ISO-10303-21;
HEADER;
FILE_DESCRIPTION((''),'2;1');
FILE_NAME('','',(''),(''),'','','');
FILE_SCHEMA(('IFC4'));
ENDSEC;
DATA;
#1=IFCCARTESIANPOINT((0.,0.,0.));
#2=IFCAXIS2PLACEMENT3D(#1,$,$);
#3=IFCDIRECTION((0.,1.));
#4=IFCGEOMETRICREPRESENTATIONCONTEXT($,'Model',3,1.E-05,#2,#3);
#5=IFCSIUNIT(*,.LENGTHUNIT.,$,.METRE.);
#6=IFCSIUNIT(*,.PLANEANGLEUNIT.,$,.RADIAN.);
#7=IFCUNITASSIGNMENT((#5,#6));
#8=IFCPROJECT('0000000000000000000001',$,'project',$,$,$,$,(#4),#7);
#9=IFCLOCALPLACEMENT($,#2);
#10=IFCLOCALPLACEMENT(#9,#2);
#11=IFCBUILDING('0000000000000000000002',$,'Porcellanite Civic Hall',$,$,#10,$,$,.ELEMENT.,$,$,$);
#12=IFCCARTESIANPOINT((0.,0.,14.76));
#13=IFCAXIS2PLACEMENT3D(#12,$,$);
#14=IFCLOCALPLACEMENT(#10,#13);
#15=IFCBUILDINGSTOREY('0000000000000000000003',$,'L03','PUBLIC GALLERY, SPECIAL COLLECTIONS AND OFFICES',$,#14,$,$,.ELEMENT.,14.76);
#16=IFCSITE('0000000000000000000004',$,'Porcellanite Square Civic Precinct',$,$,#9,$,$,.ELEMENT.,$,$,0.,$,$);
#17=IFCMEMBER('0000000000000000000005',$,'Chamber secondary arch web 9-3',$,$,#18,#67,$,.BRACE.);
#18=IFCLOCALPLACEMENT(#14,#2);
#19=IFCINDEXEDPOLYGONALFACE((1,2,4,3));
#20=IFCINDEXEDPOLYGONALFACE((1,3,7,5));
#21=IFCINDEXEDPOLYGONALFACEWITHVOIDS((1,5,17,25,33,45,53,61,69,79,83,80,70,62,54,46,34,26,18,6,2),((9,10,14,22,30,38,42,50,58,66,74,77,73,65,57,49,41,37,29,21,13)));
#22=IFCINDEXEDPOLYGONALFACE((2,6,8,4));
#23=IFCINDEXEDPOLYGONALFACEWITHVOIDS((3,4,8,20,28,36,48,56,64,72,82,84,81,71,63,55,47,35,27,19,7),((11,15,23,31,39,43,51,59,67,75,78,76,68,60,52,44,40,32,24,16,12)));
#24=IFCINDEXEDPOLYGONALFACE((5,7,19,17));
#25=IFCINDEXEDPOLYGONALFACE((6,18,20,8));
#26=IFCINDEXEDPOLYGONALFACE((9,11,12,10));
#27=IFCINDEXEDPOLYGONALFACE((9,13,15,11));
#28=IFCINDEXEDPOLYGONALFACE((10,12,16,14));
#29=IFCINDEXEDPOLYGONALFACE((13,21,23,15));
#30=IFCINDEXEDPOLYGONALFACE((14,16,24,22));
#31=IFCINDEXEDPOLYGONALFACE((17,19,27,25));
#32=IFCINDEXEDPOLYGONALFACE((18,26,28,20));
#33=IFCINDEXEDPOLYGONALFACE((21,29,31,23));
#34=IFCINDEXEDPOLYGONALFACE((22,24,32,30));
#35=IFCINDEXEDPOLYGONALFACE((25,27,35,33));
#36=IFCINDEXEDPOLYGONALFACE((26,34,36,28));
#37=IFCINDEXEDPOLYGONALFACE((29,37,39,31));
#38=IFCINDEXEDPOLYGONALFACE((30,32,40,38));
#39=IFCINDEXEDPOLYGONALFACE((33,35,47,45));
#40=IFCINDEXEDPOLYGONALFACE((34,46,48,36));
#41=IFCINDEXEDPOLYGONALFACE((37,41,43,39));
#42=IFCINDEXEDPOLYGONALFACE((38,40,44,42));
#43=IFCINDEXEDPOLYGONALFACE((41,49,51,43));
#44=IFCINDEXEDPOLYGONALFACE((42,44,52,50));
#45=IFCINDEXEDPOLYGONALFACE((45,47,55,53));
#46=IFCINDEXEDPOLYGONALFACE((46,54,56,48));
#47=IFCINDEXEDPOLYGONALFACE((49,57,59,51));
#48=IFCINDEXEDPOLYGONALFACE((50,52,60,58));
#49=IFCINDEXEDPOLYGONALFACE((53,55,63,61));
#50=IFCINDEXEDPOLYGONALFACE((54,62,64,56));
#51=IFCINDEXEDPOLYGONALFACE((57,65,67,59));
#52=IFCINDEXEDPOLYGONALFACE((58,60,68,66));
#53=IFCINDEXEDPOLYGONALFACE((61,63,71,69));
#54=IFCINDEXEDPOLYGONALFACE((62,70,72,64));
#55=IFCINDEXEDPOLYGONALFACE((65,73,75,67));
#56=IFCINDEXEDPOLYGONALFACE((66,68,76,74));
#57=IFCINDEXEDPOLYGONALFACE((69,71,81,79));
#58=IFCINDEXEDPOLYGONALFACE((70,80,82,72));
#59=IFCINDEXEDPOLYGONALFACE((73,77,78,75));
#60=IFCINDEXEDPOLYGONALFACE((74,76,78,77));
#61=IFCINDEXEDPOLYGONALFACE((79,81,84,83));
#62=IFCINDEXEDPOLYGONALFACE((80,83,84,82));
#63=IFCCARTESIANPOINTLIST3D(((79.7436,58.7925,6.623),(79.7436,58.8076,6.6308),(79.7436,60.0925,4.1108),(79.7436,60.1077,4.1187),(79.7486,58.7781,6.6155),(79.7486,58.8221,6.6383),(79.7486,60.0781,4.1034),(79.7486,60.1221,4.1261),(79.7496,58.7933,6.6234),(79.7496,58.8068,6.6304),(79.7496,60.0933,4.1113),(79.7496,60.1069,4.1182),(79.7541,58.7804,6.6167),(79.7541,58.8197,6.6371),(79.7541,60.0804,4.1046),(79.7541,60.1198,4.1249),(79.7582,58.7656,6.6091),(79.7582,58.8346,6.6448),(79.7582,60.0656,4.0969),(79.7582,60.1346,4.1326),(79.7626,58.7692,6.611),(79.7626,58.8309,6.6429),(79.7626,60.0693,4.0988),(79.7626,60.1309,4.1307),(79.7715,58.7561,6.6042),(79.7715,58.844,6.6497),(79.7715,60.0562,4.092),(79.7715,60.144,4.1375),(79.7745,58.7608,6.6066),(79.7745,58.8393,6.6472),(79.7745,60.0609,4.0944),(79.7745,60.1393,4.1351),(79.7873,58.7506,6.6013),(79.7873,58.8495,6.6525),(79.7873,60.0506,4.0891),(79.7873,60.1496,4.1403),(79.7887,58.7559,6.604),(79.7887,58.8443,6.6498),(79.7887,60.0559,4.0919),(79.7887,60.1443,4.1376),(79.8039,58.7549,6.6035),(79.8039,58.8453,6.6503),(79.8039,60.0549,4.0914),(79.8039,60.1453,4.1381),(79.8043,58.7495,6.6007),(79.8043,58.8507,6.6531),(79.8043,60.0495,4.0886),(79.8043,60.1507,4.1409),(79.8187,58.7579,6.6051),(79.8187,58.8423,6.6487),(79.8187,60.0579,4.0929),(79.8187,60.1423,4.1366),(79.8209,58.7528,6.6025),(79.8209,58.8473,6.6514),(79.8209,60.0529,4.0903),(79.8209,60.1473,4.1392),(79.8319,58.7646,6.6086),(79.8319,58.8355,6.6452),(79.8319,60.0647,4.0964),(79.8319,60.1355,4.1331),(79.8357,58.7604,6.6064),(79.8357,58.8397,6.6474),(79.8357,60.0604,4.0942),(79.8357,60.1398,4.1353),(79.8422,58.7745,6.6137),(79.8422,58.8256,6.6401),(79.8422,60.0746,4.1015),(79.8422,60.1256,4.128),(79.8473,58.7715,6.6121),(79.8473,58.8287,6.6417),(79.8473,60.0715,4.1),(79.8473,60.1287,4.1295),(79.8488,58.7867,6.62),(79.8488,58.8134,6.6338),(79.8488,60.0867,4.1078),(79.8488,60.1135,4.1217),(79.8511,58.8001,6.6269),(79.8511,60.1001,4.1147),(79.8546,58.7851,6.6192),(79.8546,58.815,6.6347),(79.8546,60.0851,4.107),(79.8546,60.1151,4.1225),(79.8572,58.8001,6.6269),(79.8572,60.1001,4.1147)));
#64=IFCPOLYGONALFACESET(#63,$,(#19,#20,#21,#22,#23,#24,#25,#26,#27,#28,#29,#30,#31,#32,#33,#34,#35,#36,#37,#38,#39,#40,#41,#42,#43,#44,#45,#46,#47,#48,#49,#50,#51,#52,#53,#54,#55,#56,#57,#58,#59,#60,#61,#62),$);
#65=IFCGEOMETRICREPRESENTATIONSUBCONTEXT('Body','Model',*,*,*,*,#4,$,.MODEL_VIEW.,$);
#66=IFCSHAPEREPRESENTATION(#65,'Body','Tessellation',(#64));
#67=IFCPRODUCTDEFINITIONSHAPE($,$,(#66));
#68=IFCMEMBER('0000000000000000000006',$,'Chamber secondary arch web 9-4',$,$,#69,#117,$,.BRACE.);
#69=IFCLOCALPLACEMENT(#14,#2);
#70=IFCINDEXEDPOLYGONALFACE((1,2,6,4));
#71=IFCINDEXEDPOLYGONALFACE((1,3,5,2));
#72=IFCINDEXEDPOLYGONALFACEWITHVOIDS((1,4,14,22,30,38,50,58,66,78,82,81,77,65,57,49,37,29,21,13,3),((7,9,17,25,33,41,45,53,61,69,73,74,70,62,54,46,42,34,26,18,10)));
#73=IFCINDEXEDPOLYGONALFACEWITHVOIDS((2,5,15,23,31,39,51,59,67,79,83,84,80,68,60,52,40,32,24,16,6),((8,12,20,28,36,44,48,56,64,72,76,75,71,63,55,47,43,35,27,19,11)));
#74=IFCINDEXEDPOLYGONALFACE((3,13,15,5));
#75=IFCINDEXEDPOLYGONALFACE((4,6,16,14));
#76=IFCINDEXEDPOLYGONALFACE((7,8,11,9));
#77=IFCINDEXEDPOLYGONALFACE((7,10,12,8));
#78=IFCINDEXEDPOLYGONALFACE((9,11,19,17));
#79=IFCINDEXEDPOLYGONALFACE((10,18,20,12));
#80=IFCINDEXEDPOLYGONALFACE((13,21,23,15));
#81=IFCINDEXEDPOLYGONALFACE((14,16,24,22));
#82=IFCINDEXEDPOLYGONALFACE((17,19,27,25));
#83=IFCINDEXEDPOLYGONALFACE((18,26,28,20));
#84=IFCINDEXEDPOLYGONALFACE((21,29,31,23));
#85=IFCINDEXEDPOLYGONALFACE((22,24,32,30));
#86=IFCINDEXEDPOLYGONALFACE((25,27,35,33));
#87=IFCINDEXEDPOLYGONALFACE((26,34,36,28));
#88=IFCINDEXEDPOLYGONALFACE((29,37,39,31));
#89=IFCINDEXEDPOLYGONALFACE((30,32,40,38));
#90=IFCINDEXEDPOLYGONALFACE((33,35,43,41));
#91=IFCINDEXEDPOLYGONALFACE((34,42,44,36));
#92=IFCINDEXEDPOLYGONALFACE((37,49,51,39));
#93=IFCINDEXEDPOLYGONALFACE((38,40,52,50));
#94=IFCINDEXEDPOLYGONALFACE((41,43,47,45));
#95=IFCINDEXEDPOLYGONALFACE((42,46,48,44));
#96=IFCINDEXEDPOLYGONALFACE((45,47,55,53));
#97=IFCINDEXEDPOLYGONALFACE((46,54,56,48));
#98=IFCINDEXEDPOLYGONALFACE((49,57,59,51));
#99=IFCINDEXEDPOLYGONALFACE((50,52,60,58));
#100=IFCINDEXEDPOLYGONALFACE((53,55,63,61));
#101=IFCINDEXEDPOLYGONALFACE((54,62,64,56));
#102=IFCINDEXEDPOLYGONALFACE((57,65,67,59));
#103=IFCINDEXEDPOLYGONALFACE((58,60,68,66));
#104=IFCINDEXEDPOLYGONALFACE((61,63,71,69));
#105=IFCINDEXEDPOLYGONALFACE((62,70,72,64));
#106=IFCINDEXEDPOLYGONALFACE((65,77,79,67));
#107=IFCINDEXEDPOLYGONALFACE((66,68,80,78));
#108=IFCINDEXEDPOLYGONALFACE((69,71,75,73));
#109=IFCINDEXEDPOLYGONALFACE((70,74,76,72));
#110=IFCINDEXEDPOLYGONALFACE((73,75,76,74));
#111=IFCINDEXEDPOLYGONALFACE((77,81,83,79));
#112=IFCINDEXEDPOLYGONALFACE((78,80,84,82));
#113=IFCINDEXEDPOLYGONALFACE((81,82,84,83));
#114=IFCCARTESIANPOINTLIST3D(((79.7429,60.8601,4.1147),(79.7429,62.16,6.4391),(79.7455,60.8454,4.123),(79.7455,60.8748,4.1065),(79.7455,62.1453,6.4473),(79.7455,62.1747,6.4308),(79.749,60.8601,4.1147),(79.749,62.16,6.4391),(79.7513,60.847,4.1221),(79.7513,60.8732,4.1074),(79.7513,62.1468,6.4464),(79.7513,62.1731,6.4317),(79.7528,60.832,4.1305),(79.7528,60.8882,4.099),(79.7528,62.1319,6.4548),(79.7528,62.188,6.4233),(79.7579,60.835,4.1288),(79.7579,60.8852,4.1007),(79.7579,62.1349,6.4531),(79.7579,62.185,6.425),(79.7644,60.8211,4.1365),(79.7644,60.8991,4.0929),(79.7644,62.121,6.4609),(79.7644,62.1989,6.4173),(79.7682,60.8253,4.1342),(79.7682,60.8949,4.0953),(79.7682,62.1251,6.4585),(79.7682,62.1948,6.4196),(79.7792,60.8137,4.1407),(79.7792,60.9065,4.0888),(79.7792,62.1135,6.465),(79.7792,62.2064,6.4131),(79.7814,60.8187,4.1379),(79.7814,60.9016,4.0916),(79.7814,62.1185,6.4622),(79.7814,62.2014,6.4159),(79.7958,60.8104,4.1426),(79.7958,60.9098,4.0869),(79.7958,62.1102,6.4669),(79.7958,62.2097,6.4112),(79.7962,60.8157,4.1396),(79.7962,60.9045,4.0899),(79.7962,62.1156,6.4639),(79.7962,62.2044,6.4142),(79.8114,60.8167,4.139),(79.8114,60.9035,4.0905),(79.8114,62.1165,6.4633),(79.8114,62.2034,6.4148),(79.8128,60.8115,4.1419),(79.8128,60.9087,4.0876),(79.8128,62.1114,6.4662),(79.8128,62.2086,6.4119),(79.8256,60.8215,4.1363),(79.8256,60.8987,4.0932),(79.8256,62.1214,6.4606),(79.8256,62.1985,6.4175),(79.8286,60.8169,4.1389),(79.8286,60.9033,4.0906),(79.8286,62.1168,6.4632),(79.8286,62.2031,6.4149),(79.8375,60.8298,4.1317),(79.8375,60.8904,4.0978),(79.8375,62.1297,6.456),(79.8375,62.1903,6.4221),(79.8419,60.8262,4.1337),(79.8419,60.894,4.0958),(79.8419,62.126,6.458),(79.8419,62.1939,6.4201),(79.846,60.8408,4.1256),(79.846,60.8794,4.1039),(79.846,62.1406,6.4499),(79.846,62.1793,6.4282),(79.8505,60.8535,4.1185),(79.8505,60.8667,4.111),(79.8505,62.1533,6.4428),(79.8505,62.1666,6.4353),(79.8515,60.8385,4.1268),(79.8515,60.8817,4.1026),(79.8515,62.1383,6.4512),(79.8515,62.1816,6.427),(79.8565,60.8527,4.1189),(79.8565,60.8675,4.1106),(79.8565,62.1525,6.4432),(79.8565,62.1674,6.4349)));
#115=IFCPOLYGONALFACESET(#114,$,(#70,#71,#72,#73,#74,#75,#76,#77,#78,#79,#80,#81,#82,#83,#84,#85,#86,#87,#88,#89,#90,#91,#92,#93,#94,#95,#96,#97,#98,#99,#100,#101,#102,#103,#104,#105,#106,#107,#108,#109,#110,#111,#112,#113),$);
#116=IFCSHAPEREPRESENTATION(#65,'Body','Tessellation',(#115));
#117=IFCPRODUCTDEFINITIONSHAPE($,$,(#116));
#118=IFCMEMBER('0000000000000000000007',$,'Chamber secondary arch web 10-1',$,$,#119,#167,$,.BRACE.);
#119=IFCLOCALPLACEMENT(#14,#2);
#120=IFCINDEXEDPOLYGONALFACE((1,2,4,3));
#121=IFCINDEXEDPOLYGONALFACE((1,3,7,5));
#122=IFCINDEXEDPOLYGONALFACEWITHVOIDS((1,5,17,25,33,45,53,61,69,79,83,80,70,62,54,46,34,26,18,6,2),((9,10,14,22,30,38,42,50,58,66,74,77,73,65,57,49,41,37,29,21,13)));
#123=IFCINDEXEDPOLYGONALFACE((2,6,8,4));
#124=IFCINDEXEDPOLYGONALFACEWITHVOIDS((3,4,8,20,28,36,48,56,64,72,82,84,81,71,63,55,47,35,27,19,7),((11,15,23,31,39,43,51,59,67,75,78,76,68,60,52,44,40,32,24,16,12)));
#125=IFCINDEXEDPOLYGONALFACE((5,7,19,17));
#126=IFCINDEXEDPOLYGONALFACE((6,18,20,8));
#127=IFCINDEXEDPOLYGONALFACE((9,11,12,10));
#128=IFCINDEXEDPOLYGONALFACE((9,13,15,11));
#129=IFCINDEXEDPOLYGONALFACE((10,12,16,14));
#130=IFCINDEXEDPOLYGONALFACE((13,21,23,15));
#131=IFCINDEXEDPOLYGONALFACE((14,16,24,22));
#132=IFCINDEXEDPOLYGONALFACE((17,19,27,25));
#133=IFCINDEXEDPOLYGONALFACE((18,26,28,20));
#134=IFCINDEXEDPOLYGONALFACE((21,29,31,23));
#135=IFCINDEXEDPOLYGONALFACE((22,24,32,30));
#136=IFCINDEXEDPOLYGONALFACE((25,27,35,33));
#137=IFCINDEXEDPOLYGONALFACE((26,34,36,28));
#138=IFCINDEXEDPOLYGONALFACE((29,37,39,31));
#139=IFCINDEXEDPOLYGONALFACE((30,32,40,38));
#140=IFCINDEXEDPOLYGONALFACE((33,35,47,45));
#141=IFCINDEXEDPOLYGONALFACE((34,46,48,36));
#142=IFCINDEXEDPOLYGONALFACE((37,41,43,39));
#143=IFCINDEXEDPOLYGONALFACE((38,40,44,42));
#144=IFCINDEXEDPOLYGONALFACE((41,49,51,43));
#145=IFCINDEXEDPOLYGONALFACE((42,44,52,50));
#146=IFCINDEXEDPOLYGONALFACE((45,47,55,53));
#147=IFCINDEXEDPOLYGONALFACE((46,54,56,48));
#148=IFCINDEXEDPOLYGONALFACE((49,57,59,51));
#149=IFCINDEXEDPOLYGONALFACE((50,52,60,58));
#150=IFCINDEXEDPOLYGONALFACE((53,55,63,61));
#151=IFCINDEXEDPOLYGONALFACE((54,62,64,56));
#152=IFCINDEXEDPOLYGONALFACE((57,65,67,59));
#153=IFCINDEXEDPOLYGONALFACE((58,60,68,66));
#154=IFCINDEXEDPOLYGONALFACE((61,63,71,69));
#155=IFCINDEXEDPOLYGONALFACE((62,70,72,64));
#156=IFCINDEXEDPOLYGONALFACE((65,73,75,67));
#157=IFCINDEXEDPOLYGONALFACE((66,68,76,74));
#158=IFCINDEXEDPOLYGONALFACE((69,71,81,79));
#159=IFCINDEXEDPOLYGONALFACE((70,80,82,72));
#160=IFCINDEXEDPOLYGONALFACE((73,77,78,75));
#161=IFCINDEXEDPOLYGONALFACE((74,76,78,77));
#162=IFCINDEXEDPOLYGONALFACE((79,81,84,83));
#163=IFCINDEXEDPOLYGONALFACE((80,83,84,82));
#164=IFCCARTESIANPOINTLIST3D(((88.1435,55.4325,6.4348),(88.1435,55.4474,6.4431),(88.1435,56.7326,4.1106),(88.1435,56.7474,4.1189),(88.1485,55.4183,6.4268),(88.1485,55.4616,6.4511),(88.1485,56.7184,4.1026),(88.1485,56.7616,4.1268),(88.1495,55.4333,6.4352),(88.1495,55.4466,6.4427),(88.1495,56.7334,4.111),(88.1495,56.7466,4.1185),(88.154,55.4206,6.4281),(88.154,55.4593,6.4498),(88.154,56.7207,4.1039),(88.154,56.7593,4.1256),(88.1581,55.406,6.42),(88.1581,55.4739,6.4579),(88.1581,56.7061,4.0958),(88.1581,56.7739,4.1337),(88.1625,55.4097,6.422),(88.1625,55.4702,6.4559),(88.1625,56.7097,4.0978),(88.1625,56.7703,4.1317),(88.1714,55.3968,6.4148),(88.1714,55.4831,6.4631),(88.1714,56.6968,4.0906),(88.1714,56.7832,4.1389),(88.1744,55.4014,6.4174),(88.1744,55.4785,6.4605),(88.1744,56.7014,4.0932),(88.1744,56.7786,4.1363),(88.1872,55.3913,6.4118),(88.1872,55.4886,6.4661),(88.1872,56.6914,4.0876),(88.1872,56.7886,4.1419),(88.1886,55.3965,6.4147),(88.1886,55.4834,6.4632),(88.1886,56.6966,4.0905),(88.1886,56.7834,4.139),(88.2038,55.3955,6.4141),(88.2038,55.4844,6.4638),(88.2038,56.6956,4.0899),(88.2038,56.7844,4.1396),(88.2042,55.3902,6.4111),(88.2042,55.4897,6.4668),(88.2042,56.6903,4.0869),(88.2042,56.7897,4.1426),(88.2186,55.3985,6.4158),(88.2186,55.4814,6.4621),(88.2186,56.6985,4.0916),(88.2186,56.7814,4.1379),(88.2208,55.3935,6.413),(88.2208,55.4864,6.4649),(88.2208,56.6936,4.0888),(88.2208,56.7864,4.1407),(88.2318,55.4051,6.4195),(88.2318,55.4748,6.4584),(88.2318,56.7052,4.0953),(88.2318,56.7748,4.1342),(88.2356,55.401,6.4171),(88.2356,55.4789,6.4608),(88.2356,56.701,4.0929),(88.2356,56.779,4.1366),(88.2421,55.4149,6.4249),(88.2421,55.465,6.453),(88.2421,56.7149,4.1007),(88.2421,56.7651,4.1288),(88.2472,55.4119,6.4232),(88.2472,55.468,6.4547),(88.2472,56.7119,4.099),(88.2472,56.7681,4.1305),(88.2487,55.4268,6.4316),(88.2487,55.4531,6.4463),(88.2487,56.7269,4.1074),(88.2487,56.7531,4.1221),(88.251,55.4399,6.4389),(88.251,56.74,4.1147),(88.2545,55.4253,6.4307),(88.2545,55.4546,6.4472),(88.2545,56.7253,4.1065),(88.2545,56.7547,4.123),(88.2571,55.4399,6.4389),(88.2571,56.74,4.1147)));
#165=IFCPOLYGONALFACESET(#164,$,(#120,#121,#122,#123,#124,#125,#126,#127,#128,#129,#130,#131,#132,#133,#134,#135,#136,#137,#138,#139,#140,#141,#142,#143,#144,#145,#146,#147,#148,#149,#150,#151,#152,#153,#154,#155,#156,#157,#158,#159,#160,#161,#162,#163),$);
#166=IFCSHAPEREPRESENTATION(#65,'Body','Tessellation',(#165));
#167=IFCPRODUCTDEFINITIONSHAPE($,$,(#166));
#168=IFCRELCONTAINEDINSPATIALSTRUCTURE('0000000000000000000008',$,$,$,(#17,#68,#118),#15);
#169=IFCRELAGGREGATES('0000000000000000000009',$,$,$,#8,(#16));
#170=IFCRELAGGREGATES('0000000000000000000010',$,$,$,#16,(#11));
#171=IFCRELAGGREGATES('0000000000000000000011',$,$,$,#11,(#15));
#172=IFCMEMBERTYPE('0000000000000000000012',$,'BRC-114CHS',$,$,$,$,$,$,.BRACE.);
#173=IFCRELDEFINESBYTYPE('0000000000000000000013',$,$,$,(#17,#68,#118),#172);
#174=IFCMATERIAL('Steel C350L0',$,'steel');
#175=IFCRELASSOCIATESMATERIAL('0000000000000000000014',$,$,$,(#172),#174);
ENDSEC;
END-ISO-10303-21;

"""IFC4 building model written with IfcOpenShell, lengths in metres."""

from ifc_helpers import new_model, si_unit, direction, frame, origin, origin_2d, place, context, subcontext, project, spatial, hollow_circle, extrude, material, material_profile, profile_set, type_object, element, save


model = new_model("IFC4")

# Units and contexts
model_context = context("Model", 3, precision=1e-05, world=origin(), true_north=direction((0.0, 1.0)))
body_context = subcontext(model_context, "Body", "Model", "MODEL_VIEW")
ifc_project = project(units=[si_unit("LENGTHUNIT", "METRE"), si_unit("PLANEANGLEUNIT", "RADIAN")], contexts=[model_context])

# Site, building, storey
site_placement = place(None, origin())
site = spatial("IfcSite", under=ifc_project, at=site_placement, Name="Porcellanite Square Civic Precinct", CompositionType="ELEMENT", RefElevation=0.0)
building_placement = place(site_placement, origin())
building = spatial("IfcBuilding", under=site, at=building_placement, Name="Porcellanite Civic Hall", CompositionType="ELEMENT")
storey_placement = place(building_placement, frame((0.0, 0.0, 14.76)))
storey = spatial("IfcBuildingStorey", under=building, at=storey_placement, Name="L03", Description="PUBLIC GALLERY, SPECIAL COLLECTIONS AND OFFICES", CompositionType="ELEMENT", Elevation=14.76)

# Members
ifc_material_1 = material(Name="Steel C350L0", Category="steel")
ifc_material_profile_1 = material_profile(ifc_material_1, hollow_circle(Radius=0.0571, WallThickness=0.0061, at=origin_2d()), Name="114.3x6.0CHS")
ifc_profile_set_1 = profile_set([ifc_material_profile_1], Name="Steel C350L0")
member_type_1 = type_object("IfcMemberType", Name="BRC-114CHS", PredefinedType="BRACE", material=ifc_profile_set_1)
for number, where, z_axis, x_axis, name in (
    (1, (79.8, 60.1001, 4.1147), (0.0, -0.459599, 0.888127), (1.0, 0.0, 0.0), "Chamber secondary arch web 9-3"),
):
    element("IfcMember", number, at=place(storey_placement, frame(where, z_axis=z_axis, x_axis=x_axis)), inside=storey, type_object=member_type_1, Name=name, PredefinedType="BRACE", context=body_context, shape_type="SweptSolid", body=[
        extrude(hollow_circle(Radius=0.0571, WallThickness=0.0061, at=origin_2d()), origin(), (0.0, 0.0, 1.0), 2.8286),
    ])
for number, where, z_axis, x_axis, name in (
    (2, (79.8, 60.8601, 4.1147), (0.0, 0.488101, 0.872787), (-1.0, 0.0, 0.0), "Chamber secondary arch web 9-4"),
    (3, (88.2, 56.74, 4.1147), (0.0, -0.488171, 0.872748), (1.0, 0.0, 0.0), "Chamber secondary arch web 10-1"),
):
    element("IfcMember", number, at=place(storey_placement, frame(where, z_axis=z_axis, x_axis=x_axis)), inside=storey, type_object=member_type_1, Name=name, PredefinedType="BRACE", context=body_context, shape_type="SweptSolid", body=[
        extrude(hollow_circle(Radius=0.0571, WallThickness=0.0061, at=origin_2d()), origin(), (0.0, 0.0, 1.0), 2.6631),
    ])

save(model, "model.ifc")
